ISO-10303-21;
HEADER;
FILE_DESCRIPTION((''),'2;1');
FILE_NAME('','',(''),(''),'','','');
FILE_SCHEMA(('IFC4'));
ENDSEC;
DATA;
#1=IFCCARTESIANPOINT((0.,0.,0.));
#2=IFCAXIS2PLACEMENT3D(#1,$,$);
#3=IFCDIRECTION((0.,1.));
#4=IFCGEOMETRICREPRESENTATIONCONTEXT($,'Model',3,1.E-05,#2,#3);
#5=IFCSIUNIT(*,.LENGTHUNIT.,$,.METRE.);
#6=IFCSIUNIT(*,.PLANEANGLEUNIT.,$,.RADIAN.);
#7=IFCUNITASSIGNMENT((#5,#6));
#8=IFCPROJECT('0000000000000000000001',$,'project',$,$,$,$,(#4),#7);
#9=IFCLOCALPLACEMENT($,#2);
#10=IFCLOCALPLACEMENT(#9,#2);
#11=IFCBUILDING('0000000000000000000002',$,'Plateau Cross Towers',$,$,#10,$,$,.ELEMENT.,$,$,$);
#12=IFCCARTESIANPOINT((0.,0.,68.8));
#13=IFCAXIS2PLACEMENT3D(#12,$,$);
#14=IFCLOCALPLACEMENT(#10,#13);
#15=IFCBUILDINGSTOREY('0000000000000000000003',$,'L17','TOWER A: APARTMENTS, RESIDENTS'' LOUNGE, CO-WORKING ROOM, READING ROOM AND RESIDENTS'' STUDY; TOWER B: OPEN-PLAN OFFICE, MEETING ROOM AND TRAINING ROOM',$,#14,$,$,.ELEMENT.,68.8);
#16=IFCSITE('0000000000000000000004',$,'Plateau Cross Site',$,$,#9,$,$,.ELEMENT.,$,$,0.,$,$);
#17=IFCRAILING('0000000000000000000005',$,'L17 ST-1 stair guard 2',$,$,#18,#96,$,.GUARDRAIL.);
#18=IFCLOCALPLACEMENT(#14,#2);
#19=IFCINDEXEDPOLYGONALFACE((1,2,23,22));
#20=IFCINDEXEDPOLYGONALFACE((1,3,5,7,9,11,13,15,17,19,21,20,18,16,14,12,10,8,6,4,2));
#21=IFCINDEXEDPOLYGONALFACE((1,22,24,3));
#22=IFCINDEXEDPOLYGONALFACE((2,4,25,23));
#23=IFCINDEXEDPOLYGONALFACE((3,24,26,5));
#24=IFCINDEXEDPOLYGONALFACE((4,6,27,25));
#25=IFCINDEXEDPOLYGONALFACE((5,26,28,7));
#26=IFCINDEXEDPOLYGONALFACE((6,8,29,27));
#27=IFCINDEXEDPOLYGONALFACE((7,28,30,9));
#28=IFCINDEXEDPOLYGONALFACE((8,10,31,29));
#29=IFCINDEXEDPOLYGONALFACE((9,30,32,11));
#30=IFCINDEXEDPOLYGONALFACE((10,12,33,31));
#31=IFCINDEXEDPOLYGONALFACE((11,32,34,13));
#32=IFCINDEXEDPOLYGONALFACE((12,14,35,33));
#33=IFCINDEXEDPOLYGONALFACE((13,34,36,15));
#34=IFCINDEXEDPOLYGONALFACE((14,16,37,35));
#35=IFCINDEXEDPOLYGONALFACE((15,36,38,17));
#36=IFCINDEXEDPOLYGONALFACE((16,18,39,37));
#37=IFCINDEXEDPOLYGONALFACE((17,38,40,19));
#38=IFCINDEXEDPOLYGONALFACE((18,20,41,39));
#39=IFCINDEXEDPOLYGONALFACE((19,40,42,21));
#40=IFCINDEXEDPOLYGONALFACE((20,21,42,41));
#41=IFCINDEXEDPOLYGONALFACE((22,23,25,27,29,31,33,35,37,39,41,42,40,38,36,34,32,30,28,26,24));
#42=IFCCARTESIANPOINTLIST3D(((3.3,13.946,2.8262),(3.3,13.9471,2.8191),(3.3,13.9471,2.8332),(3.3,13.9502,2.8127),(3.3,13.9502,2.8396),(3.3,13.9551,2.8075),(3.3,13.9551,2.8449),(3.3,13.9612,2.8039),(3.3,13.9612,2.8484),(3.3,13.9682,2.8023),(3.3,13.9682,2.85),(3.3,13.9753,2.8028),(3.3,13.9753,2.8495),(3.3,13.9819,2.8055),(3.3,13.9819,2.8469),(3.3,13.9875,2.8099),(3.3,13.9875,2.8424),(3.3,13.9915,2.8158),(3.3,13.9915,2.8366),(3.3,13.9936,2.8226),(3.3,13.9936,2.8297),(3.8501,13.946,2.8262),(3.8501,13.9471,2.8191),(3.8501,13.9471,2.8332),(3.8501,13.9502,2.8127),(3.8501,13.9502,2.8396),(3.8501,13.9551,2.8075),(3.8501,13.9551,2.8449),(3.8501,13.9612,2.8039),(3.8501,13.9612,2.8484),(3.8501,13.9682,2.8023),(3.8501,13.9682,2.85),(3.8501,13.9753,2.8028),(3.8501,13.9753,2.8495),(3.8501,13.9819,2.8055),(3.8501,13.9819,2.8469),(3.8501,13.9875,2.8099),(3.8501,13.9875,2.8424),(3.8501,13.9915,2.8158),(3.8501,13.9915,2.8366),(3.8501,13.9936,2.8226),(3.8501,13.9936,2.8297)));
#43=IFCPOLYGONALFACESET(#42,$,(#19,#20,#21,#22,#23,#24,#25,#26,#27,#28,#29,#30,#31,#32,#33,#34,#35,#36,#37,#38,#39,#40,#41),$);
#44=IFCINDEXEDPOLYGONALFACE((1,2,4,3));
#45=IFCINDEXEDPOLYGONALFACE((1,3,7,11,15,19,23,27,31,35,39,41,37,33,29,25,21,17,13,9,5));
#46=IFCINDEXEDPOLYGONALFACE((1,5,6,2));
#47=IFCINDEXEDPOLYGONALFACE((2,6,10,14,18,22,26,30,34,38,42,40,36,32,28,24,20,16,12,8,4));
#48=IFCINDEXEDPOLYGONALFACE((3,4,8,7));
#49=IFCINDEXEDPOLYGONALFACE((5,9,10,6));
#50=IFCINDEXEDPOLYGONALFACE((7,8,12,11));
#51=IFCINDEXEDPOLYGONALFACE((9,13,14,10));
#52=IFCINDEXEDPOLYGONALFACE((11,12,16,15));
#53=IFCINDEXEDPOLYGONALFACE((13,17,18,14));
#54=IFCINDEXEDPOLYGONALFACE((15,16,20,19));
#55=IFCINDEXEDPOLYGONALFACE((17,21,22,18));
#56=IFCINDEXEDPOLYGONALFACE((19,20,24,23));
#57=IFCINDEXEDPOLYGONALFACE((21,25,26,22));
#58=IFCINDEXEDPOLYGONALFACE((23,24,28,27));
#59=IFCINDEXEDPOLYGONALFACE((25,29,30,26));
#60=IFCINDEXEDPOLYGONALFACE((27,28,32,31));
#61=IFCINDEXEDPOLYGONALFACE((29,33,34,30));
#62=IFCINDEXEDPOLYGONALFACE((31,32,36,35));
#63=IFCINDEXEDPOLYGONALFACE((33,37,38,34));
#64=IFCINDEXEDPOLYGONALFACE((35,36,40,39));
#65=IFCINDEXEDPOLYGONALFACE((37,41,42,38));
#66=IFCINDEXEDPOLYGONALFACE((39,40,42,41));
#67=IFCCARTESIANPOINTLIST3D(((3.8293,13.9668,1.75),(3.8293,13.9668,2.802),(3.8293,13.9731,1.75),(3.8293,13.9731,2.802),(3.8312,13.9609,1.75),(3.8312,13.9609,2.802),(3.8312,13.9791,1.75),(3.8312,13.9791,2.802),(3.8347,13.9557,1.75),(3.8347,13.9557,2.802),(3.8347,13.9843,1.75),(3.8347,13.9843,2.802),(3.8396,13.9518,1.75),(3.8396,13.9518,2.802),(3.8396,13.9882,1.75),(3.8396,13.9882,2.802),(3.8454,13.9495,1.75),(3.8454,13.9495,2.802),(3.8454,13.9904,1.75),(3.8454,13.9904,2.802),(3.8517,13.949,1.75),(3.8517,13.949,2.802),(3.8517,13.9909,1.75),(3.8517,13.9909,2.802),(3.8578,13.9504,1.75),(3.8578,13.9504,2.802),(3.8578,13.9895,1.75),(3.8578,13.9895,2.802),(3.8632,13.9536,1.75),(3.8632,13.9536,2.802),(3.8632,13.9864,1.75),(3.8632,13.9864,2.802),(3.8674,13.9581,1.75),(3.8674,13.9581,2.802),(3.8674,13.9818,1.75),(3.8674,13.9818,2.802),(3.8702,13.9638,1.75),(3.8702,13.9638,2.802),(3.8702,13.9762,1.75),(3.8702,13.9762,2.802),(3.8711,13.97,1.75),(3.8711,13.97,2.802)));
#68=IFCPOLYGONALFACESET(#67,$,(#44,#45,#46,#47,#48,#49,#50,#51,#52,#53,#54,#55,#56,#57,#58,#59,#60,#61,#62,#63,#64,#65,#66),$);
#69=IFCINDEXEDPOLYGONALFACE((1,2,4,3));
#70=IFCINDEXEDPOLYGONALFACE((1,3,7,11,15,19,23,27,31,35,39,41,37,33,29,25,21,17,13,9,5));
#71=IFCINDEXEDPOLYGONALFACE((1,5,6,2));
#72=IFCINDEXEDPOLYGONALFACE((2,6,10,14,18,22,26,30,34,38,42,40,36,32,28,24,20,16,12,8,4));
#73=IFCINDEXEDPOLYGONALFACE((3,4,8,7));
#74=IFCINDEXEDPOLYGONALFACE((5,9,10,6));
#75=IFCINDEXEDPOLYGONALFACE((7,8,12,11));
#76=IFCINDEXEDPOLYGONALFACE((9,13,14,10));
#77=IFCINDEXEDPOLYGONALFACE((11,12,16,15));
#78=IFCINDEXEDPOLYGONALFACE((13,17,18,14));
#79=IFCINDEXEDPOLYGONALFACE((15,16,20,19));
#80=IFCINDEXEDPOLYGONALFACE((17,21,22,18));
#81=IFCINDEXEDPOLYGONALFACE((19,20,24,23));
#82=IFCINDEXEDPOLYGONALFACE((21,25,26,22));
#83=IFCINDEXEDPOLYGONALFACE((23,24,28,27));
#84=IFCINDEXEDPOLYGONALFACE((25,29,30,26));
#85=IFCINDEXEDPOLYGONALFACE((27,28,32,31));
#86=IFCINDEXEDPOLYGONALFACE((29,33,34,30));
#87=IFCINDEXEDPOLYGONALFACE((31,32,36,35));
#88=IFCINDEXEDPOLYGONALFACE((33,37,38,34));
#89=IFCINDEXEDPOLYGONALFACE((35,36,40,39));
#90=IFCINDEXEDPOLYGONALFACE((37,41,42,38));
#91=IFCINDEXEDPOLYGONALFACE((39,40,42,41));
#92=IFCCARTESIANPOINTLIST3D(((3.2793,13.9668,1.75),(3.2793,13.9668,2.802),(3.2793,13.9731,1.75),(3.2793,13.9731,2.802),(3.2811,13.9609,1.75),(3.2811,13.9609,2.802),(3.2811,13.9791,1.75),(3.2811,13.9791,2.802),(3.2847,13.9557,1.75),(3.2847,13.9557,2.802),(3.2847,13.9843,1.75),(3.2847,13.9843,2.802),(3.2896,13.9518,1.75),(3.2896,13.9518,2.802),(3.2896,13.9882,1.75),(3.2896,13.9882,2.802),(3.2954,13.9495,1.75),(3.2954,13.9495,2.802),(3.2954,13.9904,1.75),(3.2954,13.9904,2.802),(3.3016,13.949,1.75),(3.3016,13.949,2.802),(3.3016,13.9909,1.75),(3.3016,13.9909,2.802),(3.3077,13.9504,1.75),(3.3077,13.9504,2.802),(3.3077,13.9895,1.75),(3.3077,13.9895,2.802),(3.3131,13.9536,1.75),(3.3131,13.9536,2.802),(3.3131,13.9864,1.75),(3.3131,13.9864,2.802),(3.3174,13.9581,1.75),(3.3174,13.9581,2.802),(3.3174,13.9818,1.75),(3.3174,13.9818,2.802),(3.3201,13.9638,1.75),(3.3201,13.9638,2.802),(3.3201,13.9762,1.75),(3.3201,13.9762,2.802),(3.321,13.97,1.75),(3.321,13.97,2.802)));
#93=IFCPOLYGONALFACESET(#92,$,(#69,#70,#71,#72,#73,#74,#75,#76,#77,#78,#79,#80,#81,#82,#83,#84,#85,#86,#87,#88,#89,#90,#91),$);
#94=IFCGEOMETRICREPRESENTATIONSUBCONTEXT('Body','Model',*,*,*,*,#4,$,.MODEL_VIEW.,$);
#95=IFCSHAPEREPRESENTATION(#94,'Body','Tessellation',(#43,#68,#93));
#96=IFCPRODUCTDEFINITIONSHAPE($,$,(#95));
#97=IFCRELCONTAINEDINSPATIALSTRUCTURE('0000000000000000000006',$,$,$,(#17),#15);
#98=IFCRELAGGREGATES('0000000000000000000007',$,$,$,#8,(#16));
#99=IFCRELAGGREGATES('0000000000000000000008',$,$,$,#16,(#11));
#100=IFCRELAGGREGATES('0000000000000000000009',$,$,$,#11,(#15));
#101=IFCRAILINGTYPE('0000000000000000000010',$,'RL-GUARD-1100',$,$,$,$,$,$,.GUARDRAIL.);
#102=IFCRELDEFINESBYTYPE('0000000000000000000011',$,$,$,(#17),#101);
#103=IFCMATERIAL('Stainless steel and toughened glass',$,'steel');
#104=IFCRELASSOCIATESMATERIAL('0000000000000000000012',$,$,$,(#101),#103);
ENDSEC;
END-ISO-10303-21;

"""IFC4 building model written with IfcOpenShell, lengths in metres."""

from ifc_helpers import new_model, si_unit, direction, frame, origin, origin_2d, place, context, subcontext, project, spatial, circle, extrude, material, type_object, element, save


model = new_model("IFC4")

# Units and contexts
model_context = context("Model", 3, precision=1e-05, world=origin(), true_north=direction((0.0, 1.0)))
body_context = subcontext(model_context, "Body", "Model", "MODEL_VIEW")
ifc_project = project(units=[si_unit("LENGTHUNIT", "METRE"), si_unit("PLANEANGLEUNIT", "RADIAN")], contexts=[model_context])

# Site, building, storey
site_placement = place(None, origin())
site = spatial("IfcSite", under=ifc_project, at=site_placement, Name="Plateau Cross Site", CompositionType="ELEMENT", RefElevation=0.0)
building_placement = place(site_placement, origin())
building = spatial("IfcBuilding", under=site, at=building_placement, Name="Plateau Cross Towers", CompositionType="ELEMENT")
storey_placement = place(building_placement, frame((0.0, 0.0, 68.8)))
storey = spatial("IfcBuildingStorey", under=building, at=storey_placement, Name="L17", Description="TOWER A: APARTMENTS, RESIDENTS' LOUNGE, CO-WORKING ROOM, READING ROOM AND RESIDENTS' STUDY; TOWER B: OPEN-PLAN OFFICE, MEETING ROOM AND TRAINING ROOM", CompositionType="ELEMENT", Elevation=68.8)

# Railing
ifc_material_1 = material(Name="Stainless steel and toughened glass", Category="steel")
railing_type_1 = type_object("IfcRailingType", Name="RL-GUARD-1100", PredefinedType="GUARDRAIL", material=ifc_material_1)
railing_1_placement = place(storey_placement, frame((3.8501, 13.97, 1.75)))
element("IfcRailing", 1, at=railing_1_placement, inside=storey, type_object=railing_type_1, Name="L17 ST-1 stair guard 2", PredefinedType="GUARDRAIL", context=body_context, shape_type="SweptSolid", body=[
    extrude(circle(Radius=0.0239, at=origin_2d()), frame((0.0, 0.0, 1.0762), z_axis=(-1.0, 0.0, 0.0), x_axis=(0.0, -1.0, 0.0)), (0.0, 0.0, 1.0), 0.55),
    extrude(circle(Radius=0.021, at=origin_2d()), origin(), (0.0, 0.0, 1.0), 1.052),
    extrude(circle(Radius=0.021, at=origin_2d()), frame((-0.55, 0.0, 0.0)), (0.0, 0.0, 1.0), 1.052),
])

save(model, "model.ifc")
